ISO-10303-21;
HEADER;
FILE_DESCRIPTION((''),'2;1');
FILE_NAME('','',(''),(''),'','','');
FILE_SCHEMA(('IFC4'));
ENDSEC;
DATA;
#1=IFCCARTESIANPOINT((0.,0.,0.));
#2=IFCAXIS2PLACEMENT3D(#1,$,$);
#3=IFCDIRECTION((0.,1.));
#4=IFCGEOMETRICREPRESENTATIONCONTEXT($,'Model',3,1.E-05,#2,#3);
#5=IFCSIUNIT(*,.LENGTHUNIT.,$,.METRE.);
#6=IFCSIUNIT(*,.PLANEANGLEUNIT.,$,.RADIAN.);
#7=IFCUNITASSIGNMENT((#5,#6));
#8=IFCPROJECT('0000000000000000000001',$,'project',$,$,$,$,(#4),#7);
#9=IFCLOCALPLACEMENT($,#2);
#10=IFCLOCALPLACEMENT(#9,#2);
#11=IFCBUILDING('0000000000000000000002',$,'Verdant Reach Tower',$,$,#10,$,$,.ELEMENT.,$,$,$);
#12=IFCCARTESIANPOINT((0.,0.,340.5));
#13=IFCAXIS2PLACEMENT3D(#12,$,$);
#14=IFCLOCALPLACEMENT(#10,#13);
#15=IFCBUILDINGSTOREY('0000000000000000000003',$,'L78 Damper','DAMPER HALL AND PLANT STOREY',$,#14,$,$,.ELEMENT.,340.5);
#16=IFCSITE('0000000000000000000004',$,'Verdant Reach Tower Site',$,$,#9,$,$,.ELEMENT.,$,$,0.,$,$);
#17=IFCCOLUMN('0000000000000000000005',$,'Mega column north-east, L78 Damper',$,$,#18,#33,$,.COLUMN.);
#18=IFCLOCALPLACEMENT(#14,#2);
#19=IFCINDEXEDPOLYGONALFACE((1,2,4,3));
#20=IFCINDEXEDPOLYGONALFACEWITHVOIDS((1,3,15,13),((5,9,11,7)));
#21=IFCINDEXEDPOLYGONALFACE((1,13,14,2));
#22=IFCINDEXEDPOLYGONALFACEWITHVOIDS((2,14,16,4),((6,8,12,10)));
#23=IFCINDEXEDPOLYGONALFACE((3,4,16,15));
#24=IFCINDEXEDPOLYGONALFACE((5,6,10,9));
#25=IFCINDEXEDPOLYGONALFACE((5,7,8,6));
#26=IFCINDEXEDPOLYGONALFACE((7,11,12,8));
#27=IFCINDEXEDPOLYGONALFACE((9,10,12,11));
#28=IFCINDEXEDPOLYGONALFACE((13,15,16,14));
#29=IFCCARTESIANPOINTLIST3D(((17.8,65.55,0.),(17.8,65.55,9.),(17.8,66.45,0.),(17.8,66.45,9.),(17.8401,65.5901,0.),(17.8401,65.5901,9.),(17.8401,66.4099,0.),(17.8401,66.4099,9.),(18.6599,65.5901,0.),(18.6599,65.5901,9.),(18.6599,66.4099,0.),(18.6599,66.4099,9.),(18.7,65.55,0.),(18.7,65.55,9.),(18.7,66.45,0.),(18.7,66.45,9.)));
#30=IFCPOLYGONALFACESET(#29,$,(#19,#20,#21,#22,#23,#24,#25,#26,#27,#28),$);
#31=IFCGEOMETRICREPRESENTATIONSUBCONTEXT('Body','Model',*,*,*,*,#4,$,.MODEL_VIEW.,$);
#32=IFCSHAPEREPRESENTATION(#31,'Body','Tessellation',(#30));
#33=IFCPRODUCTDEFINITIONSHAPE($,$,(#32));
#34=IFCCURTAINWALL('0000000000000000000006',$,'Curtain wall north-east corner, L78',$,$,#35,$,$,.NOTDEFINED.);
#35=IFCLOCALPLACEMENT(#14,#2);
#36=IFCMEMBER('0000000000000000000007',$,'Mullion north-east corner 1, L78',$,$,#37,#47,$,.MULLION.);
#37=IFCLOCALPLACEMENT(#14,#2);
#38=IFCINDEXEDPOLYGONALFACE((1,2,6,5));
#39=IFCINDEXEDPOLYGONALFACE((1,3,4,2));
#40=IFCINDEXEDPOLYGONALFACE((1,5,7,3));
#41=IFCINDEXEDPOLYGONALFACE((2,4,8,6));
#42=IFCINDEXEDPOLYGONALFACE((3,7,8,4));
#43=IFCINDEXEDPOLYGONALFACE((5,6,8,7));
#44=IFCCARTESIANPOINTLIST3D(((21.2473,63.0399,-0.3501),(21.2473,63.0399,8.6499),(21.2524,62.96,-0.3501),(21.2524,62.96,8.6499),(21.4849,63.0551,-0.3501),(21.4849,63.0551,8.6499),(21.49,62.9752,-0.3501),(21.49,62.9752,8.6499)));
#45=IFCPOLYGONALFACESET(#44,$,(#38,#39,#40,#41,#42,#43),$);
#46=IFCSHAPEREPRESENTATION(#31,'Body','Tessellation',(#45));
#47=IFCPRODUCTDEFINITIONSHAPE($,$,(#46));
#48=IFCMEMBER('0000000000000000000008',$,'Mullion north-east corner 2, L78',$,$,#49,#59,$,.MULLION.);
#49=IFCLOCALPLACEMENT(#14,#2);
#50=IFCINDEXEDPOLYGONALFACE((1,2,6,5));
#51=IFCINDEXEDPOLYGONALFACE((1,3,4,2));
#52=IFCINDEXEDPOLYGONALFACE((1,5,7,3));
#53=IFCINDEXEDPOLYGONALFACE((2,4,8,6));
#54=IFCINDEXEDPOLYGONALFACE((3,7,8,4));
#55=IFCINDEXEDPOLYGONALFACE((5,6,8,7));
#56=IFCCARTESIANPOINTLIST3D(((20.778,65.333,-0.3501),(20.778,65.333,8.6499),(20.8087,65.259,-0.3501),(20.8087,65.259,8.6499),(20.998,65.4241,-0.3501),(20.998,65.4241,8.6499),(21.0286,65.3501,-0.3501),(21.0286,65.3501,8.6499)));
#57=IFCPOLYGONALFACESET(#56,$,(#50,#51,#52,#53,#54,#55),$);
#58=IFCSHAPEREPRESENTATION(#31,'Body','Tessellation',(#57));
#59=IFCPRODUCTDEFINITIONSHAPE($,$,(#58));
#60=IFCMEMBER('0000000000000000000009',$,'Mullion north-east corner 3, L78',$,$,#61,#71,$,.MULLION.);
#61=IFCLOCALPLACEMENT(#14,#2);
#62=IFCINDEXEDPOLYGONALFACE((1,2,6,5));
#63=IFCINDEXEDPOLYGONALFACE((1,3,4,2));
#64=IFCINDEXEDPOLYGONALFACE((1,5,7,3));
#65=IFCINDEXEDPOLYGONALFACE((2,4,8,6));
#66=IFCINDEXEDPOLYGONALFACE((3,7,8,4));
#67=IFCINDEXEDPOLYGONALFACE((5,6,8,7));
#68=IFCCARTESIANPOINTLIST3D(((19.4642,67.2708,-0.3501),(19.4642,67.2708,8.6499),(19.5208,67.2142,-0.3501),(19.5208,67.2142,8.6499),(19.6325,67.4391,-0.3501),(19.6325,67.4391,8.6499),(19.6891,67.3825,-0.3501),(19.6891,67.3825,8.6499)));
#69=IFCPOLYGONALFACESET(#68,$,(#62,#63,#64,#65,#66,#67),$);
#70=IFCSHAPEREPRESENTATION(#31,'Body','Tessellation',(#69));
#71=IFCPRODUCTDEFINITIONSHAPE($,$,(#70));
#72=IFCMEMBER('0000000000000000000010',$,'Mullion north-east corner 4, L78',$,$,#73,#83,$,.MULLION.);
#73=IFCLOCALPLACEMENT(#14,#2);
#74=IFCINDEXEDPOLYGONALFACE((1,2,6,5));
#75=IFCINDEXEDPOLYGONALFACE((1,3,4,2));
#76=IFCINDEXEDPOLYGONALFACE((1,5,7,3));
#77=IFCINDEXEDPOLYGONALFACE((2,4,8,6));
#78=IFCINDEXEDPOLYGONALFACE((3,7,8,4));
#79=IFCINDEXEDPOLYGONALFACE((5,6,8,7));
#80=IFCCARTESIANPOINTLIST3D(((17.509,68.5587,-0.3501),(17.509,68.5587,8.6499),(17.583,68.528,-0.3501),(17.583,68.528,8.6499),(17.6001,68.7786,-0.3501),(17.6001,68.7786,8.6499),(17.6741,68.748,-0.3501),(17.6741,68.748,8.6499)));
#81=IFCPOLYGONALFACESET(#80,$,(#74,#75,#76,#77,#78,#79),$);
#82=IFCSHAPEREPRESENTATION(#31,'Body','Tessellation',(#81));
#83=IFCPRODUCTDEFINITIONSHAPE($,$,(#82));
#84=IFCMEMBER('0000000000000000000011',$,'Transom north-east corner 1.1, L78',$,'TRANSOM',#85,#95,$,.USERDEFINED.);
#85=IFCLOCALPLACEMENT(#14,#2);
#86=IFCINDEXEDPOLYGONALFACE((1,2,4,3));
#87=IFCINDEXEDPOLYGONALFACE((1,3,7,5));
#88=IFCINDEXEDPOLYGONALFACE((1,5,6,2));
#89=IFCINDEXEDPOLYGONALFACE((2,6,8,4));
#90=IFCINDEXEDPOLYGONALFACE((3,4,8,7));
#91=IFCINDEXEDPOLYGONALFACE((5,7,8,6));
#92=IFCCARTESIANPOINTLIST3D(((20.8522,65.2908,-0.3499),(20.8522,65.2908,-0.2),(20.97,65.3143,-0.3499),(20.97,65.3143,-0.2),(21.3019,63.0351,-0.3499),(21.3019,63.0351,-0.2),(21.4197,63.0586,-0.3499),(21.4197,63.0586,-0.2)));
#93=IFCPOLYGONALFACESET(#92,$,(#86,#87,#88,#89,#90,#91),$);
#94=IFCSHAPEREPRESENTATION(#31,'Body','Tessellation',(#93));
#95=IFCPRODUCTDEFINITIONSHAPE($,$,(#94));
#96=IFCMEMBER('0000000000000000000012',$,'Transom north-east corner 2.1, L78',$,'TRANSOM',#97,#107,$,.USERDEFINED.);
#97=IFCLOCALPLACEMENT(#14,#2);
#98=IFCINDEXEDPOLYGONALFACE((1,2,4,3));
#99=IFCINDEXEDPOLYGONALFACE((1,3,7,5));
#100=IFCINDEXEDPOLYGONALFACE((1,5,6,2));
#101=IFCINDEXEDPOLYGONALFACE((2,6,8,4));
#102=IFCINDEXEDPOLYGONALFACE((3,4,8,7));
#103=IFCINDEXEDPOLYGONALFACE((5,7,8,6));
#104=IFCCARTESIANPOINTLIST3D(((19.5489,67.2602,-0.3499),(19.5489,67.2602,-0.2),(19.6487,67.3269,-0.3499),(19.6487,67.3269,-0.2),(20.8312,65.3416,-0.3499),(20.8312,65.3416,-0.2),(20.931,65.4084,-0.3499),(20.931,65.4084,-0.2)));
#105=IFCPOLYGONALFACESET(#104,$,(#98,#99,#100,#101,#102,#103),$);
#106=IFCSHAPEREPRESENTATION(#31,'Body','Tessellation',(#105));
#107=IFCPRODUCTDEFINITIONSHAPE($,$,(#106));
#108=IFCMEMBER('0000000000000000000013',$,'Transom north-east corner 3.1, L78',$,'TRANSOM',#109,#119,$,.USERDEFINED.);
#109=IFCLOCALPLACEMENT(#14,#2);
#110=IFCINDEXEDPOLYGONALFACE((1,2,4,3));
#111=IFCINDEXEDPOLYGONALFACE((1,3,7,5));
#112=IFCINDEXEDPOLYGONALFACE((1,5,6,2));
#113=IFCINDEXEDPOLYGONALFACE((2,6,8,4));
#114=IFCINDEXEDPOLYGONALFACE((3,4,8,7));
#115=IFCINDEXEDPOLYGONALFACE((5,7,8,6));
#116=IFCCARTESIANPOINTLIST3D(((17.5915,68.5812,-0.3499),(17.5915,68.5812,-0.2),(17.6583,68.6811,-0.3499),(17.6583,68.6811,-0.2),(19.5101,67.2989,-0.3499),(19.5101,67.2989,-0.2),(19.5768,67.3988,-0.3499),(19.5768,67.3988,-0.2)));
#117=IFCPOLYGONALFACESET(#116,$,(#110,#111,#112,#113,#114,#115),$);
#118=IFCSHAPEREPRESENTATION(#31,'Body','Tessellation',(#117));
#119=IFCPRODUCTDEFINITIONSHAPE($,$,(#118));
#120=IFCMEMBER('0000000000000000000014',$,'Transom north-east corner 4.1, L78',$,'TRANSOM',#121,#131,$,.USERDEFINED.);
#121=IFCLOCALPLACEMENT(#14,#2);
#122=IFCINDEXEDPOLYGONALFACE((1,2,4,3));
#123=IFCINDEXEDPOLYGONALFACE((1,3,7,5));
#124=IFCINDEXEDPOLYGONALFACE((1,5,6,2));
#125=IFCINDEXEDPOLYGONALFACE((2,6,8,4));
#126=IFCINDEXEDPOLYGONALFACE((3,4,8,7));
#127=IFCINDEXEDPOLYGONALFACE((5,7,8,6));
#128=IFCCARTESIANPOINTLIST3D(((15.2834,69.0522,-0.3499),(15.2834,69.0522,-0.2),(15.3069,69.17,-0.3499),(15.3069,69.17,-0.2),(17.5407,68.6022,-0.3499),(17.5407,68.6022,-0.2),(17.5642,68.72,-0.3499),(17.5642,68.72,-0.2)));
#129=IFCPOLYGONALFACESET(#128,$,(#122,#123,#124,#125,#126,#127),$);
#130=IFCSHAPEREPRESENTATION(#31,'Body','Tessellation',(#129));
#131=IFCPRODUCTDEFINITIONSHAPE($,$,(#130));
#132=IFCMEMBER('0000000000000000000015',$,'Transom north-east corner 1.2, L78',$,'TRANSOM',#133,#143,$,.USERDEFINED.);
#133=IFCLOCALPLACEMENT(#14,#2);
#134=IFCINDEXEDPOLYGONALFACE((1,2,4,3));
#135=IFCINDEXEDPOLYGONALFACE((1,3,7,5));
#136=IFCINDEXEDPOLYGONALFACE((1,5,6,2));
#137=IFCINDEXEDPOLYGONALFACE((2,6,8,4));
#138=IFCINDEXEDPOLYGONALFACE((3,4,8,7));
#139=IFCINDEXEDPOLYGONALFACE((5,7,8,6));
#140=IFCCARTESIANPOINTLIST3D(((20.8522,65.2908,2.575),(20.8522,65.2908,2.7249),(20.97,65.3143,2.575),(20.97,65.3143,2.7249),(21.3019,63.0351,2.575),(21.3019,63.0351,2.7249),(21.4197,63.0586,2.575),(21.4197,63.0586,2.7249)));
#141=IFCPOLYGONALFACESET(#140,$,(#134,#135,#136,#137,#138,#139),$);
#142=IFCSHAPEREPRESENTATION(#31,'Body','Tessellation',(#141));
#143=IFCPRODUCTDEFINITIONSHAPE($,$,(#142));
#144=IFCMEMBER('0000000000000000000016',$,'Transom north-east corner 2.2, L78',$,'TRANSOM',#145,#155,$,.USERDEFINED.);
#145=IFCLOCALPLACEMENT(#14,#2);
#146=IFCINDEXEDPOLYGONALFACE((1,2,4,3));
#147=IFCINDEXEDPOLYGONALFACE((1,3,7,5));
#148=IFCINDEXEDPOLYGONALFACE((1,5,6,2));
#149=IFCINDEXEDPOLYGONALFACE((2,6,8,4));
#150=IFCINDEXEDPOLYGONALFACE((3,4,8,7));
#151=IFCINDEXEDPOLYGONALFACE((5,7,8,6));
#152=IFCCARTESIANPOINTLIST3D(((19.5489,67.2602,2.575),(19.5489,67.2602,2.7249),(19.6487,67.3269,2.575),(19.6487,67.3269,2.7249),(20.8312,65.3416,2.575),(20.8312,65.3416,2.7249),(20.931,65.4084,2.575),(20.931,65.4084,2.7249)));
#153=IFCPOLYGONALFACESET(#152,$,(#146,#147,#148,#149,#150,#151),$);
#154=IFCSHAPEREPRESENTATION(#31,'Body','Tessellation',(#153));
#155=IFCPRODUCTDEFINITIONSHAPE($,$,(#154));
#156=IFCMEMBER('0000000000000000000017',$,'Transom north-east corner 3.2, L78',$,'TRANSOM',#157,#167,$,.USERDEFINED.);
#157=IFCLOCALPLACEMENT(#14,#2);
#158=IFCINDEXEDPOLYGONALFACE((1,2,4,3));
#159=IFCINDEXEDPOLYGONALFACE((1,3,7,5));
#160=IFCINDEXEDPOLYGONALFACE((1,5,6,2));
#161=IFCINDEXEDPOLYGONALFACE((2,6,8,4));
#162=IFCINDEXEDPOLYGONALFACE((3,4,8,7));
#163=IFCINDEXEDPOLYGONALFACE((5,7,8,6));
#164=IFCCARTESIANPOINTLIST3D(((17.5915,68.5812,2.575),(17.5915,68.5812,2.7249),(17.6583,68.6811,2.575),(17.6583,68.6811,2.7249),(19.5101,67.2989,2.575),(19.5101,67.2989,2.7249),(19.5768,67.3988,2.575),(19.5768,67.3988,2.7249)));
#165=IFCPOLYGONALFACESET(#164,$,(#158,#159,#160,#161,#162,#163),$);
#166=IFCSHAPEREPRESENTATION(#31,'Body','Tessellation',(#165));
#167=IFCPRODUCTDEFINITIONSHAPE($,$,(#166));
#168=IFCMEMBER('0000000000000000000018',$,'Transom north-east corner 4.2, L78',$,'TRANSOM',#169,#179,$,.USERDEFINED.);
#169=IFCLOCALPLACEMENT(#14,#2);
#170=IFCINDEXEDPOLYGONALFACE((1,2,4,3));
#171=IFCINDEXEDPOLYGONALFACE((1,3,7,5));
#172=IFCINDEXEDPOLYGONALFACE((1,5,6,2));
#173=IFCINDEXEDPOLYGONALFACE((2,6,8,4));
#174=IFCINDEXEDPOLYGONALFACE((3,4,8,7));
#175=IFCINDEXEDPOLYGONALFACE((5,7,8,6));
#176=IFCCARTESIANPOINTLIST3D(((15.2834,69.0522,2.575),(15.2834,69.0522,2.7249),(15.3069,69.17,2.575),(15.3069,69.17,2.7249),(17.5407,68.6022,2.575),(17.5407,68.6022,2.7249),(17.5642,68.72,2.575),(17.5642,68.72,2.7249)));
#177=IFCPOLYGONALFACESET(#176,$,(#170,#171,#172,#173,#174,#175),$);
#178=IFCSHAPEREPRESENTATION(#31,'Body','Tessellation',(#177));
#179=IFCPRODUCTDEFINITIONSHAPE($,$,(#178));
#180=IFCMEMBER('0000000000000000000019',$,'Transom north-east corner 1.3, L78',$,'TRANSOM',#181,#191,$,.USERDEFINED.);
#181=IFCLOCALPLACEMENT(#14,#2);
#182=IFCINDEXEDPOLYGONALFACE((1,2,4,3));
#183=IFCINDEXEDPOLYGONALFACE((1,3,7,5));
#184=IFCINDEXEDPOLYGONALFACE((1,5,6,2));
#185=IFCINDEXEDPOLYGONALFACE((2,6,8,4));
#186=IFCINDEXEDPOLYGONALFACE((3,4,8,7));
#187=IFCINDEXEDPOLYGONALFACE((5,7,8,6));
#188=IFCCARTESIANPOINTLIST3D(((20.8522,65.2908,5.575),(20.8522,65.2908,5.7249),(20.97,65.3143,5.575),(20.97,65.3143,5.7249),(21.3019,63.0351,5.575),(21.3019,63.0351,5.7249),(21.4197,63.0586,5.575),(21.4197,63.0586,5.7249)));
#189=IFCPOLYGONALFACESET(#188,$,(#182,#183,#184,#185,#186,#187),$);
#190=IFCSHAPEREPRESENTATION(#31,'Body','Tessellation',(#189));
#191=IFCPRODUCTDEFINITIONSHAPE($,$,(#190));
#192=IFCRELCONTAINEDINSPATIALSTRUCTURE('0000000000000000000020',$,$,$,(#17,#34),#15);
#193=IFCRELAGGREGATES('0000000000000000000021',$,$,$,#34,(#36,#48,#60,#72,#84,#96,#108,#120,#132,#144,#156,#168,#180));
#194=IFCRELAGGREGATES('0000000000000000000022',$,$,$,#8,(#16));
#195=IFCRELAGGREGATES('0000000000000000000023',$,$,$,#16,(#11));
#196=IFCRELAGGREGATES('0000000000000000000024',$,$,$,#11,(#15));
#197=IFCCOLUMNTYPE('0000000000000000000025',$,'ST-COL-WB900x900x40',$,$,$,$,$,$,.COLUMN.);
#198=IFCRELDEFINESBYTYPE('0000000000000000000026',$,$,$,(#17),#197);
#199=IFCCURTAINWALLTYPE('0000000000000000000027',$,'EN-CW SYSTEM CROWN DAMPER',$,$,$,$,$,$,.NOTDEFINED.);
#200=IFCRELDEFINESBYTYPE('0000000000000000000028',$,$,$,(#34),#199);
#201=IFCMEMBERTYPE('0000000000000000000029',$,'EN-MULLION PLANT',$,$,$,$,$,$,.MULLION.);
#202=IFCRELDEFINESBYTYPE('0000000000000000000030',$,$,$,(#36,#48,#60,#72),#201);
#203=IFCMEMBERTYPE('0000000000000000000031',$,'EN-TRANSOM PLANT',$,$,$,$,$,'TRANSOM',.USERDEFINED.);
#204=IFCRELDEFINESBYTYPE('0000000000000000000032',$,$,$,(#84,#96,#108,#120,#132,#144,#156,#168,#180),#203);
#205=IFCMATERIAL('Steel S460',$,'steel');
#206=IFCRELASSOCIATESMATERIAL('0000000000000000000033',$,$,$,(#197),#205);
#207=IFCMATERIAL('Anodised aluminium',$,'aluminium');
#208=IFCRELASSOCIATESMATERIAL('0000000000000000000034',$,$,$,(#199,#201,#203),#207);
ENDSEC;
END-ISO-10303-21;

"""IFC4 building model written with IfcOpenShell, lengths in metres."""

from ifc_helpers import new_model, si_unit, direction, frame, origin, origin_2d, place, context, subcontext, project, spatial, rectangle, hollow_rectangle, extrude, material, material_profile, profile_set, type_object, element, aggregate, save


model = new_model("IFC4")

# Units and contexts
model_context = context("Model", 3, precision=1e-05, world=origin(), true_north=direction((0.0, 1.0)))
body_context = subcontext(model_context, "Body", "Model", "MODEL_VIEW")
ifc_project = project(units=[si_unit("LENGTHUNIT", "METRE"), si_unit("PLANEANGLEUNIT", "RADIAN")], contexts=[model_context])

# Site, building, storey
site_placement = place(None, origin())
site = spatial("IfcSite", under=ifc_project, at=site_placement, Name="Verdant Reach Tower Site", CompositionType="ELEMENT", RefElevation=0.0)
building_placement = place(site_placement, origin())
building = spatial("IfcBuilding", under=site, at=building_placement, Name="Verdant Reach Tower", CompositionType="ELEMENT")
storey_placement = place(building_placement, frame((0.0, 0.0, 340.5)))
storey = spatial("IfcBuildingStorey", under=building, at=storey_placement, Name="L78 Damper", Description="DAMPER HALL AND PLANT STOREY", CompositionType="ELEMENT", Elevation=340.5)

# Column
ifc_material_1 = material(Name="Steel S460", Category="steel")
ifc_material_profile_1 = material_profile(ifc_material_1, hollow_rectangle(XDim=0.8999, YDim=0.8999, WallThickness=0.04, at=origin_2d()), Name="WB 900x900x40")
ifc_profile_set_1 = profile_set([ifc_material_profile_1], Name="Steel S460")
column_type = type_object("IfcColumnType", Name="ST-COL-WB900x900x40", PredefinedType="COLUMN", material=ifc_profile_set_1)
column_placement = place(storey_placement, frame((18.25, 66.0, 0.0), z_axis=(0.0, 0.0, 1.0), x_axis=(1.0, 0.0, 0.0)))
element("IfcColumn", 1, at=column_placement, inside=storey, type_object=column_type, Name="Mega column north-east, L78 Damper", PredefinedType="COLUMN", context=body_context, shape_type="SweptSolid", body=[
    extrude(hollow_rectangle(XDim=0.8999, YDim=0.8999, WallThickness=0.04, at=origin_2d()), origin(), (0.0, 0.0, 1.0), 9.0),
])

# Curtain wall, members
ifc_material_2 = material(Name="Anodised aluminium", Category="aluminium")
curtain_wall_type = type_object("IfcCurtainWallType", Name="EN-CW SYSTEM CROWN DAMPER", PredefinedType="NOTDEFINED", material=ifc_material_2)
curtain_wall_1_placement = place(storey_placement, origin())
curtain_wall_1 = element("IfcCurtainWall", 2, at=curtain_wall_1_placement, inside=storey, type_object=curtain_wall_type, Name="Curtain wall north-east corner, L78", PredefinedType="NOTDEFINED")
ifc_material_profile_2 = material_profile(ifc_material_2, rectangle(XDim=0.238, YDim=0.0801, at=origin_2d()), Name="Mullion 80x240")
ifc_profile_set_2 = profile_set([ifc_material_profile_2], Name="Anodised aluminium")
member_type_1 = type_object("IfcMemberType", Name="EN-MULLION PLANT", PredefinedType="MULLION", material=ifc_profile_set_2)
member_1_placement = place(storey_placement, frame((21.3687, 63.0076, -0.3501), z_axis=(0.0, 0.0, 1.0), x_axis=(0.997969, 0.063699, 0.0)))
member_1 = element("IfcMember", 3, at=member_1_placement, type_object=member_type_1, Name="Mullion north-east corner 1, L78", PredefinedType="MULLION", context=body_context, shape_type="SweptSolid", body=[
    extrude(rectangle(XDim=0.238, YDim=0.0801, at=origin_2d()), origin(), (0.0, 0.0, 1.0), 9.0),
])
member_2_placement = place(storey_placement, frame((20.9033, 65.3416, -0.3501), z_axis=(0.0, 0.0, 1.0), x_axis=(0.923875, 0.382694, 0.0)))
member_2 = element("IfcMember", 4, at=member_2_placement, type_object=member_type_1, Name="Mullion north-east corner 2, L78", PredefinedType="MULLION", context=body_context, shape_type="SweptSolid", body=[
    extrude(rectangle(XDim=0.238, YDim=0.0801, at=origin_2d()), origin(), (0.0, 0.0, 1.0), 9.0),
])
member_3_placement = place(storey_placement, frame((19.5767, 67.3267, -0.3501), z_axis=(0.0, 0.0, 1.0), x_axis=(0.707107, 0.707107, 0.0)))
member_3 = element("IfcMember", 5, at=member_3_placement, type_object=member_type_1, Name="Mullion north-east corner 3, L78", PredefinedType="MULLION", context=body_context, shape_type="SweptSolid", body=[
    extrude(rectangle(XDim=0.238, YDim=0.0801, at=origin_2d()), origin(), (0.0, 0.0, 1.0), 9.0),
])
member_4_placement = place(storey_placement, frame((17.5916, 68.6533, -0.3501), z_axis=(0.0, 0.0, 1.0), x_axis=(0.382694, 0.923875, 0.0)))
member_4 = element("IfcMember", 6, at=member_4_placement, type_object=member_type_1, Name="Mullion north-east corner 4, L78", PredefinedType="MULLION", context=body_context, shape_type="SweptSolid", body=[
    extrude(rectangle(XDim=0.238, YDim=0.0801, at=origin_2d()), origin(), (0.0, 0.0, 1.0), 9.0),
])
ifc_material_profile_3 = material_profile(ifc_material_2, rectangle(XDim=0.1201, YDim=0.1499, at=origin_2d()), Name="Transom 150x120")
ifc_profile_set_3 = profile_set([ifc_material_profile_3], Name="Anodised aluminium")
member_type_2 = type_object("IfcMemberType", Name="EN-TRANSOM PLANT", ElementType="TRANSOM", PredefinedType="USERDEFINED", material=ifc_profile_set_3)
member_5_placement = place(storey_placement, frame((21.3608, 63.0469, -0.2749), z_axis=(-0.195524, 0.980699, 0.0), x_axis=(-0.980699, -0.195524, 0.0)))
member_5 = element("IfcMember", 7, at=member_5_placement, type_object=member_type_2, Name="Transom north-east corner 1.1, L78", ObjectType="TRANSOM", PredefinedType="USERDEFINED", context=body_context, shape_type="SweptSolid", body=[
    extrude(rectangle(XDim=0.1201, YDim=0.1499, at=origin_2d()), origin(), (0.0, 0.0, 1.0), 2.3),
])
member_6_placement = place(storey_placement, frame((20.8811, 65.375, -0.2749), z_axis=(-0.555676, 0.831399, 0.0), x_axis=(-0.831399, -0.555676, 0.0)))
member_6 = element("IfcMember", 8, at=member_6_placement, type_object=member_type_2, Name="Transom north-east corner 2.1, L78", ObjectType="TRANSOM", PredefinedType="USERDEFINED", context=body_context, shape_type="SweptSolid", body=[
    extrude(rectangle(XDim=0.1201, YDim=0.1499, at=origin_2d()), origin(), (0.0, 0.0, 1.0), 2.3076),
])
member_7_placement = place(storey_placement, frame((19.5435, 67.3489, -0.2749), z_axis=(-0.831399, 0.555676, 0.0), x_axis=(-0.555676, -0.831399, 0.0)))
member_7 = element("IfcMember", 9, at=member_7_placement, type_object=member_type_2, Name="Transom north-east corner 3.1, L78", ObjectType="TRANSOM", PredefinedType="USERDEFINED", context=body_context, shape_type="SweptSolid", body=[
    extrude(rectangle(XDim=0.1201, YDim=0.1499, at=origin_2d()), origin(), (0.0, 0.0, 1.0), 2.3076),
])
member_8_placement = place(storey_placement, frame((17.5525, 68.6611, -0.2749), z_axis=(-0.980707, 0.195484, 0.0), x_axis=(-0.195484, -0.980707, 0.0)))
member_8 = element("IfcMember", 10, at=member_8_placement, type_object=member_type_2, Name="Transom north-east corner 4.1, L78", ObjectType="TRANSOM", PredefinedType="USERDEFINED", context=body_context, shape_type="SweptSolid", body=[
    extrude(rectangle(XDim=0.1201, YDim=0.1499, at=origin_2d()), origin(), (0.0, 0.0, 1.0), 2.3018),
])
member_9_placement = place(storey_placement, frame((21.3608, 63.0469, 2.6499), z_axis=(-0.195524, 0.980699, 0.0), x_axis=(-0.980699, -0.195524, 0.0)))
member_9 = element("IfcMember", 11, at=member_9_placement, type_object=member_type_2, Name="Transom north-east corner 1.2, L78", ObjectType="TRANSOM", PredefinedType="USERDEFINED", context=body_context, shape_type="SweptSolid", body=[
    extrude(rectangle(XDim=0.1201, YDim=0.1499, at=origin_2d()), origin(), (0.0, 0.0, 1.0), 2.3),
])
member_10_placement = place(storey_placement, frame((20.8811, 65.375, 2.6499), z_axis=(-0.555676, 0.831399, 0.0), x_axis=(-0.831399, -0.555676, 0.0)))
member_10 = element("IfcMember", 12, at=member_10_placement, type_object=member_type_2, Name="Transom north-east corner 2.2, L78", ObjectType="TRANSOM", PredefinedType="USERDEFINED", context=body_context, shape_type="SweptSolid", body=[
    extrude(rectangle(XDim=0.1201, YDim=0.1499, at=origin_2d()), origin(), (0.0, 0.0, 1.0), 2.3076),
])
member_11_placement = place(storey_placement, frame((19.5435, 67.3489, 2.6499), z_axis=(-0.831399, 0.555676, 0.0), x_axis=(-0.555676, -0.831399, 0.0)))
member_11 = element("IfcMember", 13, at=member_11_placement, type_object=member_type_2, Name="Transom north-east corner 3.2, L78", ObjectType="TRANSOM", PredefinedType="USERDEFINED", context=body_context, shape_type="SweptSolid", body=[
    extrude(rectangle(XDim=0.1201, YDim=0.1499, at=origin_2d()), origin(), (0.0, 0.0, 1.0), 2.3076),
])
member_12_placement = place(storey_placement, frame((17.5525, 68.6611, 2.6499), z_axis=(-0.980707, 0.195484, 0.0), x_axis=(-0.195484, -0.980707, 0.0)))
member_12 = element("IfcMember", 14, at=member_12_placement, type_object=member_type_2, Name="Transom north-east corner 4.2, L78", ObjectType="TRANSOM", PredefinedType="USERDEFINED", context=body_context, shape_type="SweptSolid", body=[
    extrude(rectangle(XDim=0.1201, YDim=0.1499, at=origin_2d()), origin(), (0.0, 0.0, 1.0), 2.3018),
])
member_13_placement = place(storey_placement, frame((21.3608, 63.0469, 5.6499), z_axis=(-0.195524, 0.980699, 0.0), x_axis=(-0.980699, -0.195524, 0.0)))
member_13 = element("IfcMember", 15, at=member_13_placement, type_object=member_type_2, Name="Transom north-east corner 1.3, L78", ObjectType="TRANSOM", PredefinedType="USERDEFINED", context=body_context, shape_type="SweptSolid", body=[
    extrude(rectangle(XDim=0.1201, YDim=0.1499, at=origin_2d()), origin(), (0.0, 0.0, 1.0), 2.3),
])

aggregate(curtain_wall_1, [member_1, member_2, member_3, member_4, member_5, member_6, member_7, member_8, member_9, member_10, member_11, member_12, member_13])

save(model, "model.ifc")
